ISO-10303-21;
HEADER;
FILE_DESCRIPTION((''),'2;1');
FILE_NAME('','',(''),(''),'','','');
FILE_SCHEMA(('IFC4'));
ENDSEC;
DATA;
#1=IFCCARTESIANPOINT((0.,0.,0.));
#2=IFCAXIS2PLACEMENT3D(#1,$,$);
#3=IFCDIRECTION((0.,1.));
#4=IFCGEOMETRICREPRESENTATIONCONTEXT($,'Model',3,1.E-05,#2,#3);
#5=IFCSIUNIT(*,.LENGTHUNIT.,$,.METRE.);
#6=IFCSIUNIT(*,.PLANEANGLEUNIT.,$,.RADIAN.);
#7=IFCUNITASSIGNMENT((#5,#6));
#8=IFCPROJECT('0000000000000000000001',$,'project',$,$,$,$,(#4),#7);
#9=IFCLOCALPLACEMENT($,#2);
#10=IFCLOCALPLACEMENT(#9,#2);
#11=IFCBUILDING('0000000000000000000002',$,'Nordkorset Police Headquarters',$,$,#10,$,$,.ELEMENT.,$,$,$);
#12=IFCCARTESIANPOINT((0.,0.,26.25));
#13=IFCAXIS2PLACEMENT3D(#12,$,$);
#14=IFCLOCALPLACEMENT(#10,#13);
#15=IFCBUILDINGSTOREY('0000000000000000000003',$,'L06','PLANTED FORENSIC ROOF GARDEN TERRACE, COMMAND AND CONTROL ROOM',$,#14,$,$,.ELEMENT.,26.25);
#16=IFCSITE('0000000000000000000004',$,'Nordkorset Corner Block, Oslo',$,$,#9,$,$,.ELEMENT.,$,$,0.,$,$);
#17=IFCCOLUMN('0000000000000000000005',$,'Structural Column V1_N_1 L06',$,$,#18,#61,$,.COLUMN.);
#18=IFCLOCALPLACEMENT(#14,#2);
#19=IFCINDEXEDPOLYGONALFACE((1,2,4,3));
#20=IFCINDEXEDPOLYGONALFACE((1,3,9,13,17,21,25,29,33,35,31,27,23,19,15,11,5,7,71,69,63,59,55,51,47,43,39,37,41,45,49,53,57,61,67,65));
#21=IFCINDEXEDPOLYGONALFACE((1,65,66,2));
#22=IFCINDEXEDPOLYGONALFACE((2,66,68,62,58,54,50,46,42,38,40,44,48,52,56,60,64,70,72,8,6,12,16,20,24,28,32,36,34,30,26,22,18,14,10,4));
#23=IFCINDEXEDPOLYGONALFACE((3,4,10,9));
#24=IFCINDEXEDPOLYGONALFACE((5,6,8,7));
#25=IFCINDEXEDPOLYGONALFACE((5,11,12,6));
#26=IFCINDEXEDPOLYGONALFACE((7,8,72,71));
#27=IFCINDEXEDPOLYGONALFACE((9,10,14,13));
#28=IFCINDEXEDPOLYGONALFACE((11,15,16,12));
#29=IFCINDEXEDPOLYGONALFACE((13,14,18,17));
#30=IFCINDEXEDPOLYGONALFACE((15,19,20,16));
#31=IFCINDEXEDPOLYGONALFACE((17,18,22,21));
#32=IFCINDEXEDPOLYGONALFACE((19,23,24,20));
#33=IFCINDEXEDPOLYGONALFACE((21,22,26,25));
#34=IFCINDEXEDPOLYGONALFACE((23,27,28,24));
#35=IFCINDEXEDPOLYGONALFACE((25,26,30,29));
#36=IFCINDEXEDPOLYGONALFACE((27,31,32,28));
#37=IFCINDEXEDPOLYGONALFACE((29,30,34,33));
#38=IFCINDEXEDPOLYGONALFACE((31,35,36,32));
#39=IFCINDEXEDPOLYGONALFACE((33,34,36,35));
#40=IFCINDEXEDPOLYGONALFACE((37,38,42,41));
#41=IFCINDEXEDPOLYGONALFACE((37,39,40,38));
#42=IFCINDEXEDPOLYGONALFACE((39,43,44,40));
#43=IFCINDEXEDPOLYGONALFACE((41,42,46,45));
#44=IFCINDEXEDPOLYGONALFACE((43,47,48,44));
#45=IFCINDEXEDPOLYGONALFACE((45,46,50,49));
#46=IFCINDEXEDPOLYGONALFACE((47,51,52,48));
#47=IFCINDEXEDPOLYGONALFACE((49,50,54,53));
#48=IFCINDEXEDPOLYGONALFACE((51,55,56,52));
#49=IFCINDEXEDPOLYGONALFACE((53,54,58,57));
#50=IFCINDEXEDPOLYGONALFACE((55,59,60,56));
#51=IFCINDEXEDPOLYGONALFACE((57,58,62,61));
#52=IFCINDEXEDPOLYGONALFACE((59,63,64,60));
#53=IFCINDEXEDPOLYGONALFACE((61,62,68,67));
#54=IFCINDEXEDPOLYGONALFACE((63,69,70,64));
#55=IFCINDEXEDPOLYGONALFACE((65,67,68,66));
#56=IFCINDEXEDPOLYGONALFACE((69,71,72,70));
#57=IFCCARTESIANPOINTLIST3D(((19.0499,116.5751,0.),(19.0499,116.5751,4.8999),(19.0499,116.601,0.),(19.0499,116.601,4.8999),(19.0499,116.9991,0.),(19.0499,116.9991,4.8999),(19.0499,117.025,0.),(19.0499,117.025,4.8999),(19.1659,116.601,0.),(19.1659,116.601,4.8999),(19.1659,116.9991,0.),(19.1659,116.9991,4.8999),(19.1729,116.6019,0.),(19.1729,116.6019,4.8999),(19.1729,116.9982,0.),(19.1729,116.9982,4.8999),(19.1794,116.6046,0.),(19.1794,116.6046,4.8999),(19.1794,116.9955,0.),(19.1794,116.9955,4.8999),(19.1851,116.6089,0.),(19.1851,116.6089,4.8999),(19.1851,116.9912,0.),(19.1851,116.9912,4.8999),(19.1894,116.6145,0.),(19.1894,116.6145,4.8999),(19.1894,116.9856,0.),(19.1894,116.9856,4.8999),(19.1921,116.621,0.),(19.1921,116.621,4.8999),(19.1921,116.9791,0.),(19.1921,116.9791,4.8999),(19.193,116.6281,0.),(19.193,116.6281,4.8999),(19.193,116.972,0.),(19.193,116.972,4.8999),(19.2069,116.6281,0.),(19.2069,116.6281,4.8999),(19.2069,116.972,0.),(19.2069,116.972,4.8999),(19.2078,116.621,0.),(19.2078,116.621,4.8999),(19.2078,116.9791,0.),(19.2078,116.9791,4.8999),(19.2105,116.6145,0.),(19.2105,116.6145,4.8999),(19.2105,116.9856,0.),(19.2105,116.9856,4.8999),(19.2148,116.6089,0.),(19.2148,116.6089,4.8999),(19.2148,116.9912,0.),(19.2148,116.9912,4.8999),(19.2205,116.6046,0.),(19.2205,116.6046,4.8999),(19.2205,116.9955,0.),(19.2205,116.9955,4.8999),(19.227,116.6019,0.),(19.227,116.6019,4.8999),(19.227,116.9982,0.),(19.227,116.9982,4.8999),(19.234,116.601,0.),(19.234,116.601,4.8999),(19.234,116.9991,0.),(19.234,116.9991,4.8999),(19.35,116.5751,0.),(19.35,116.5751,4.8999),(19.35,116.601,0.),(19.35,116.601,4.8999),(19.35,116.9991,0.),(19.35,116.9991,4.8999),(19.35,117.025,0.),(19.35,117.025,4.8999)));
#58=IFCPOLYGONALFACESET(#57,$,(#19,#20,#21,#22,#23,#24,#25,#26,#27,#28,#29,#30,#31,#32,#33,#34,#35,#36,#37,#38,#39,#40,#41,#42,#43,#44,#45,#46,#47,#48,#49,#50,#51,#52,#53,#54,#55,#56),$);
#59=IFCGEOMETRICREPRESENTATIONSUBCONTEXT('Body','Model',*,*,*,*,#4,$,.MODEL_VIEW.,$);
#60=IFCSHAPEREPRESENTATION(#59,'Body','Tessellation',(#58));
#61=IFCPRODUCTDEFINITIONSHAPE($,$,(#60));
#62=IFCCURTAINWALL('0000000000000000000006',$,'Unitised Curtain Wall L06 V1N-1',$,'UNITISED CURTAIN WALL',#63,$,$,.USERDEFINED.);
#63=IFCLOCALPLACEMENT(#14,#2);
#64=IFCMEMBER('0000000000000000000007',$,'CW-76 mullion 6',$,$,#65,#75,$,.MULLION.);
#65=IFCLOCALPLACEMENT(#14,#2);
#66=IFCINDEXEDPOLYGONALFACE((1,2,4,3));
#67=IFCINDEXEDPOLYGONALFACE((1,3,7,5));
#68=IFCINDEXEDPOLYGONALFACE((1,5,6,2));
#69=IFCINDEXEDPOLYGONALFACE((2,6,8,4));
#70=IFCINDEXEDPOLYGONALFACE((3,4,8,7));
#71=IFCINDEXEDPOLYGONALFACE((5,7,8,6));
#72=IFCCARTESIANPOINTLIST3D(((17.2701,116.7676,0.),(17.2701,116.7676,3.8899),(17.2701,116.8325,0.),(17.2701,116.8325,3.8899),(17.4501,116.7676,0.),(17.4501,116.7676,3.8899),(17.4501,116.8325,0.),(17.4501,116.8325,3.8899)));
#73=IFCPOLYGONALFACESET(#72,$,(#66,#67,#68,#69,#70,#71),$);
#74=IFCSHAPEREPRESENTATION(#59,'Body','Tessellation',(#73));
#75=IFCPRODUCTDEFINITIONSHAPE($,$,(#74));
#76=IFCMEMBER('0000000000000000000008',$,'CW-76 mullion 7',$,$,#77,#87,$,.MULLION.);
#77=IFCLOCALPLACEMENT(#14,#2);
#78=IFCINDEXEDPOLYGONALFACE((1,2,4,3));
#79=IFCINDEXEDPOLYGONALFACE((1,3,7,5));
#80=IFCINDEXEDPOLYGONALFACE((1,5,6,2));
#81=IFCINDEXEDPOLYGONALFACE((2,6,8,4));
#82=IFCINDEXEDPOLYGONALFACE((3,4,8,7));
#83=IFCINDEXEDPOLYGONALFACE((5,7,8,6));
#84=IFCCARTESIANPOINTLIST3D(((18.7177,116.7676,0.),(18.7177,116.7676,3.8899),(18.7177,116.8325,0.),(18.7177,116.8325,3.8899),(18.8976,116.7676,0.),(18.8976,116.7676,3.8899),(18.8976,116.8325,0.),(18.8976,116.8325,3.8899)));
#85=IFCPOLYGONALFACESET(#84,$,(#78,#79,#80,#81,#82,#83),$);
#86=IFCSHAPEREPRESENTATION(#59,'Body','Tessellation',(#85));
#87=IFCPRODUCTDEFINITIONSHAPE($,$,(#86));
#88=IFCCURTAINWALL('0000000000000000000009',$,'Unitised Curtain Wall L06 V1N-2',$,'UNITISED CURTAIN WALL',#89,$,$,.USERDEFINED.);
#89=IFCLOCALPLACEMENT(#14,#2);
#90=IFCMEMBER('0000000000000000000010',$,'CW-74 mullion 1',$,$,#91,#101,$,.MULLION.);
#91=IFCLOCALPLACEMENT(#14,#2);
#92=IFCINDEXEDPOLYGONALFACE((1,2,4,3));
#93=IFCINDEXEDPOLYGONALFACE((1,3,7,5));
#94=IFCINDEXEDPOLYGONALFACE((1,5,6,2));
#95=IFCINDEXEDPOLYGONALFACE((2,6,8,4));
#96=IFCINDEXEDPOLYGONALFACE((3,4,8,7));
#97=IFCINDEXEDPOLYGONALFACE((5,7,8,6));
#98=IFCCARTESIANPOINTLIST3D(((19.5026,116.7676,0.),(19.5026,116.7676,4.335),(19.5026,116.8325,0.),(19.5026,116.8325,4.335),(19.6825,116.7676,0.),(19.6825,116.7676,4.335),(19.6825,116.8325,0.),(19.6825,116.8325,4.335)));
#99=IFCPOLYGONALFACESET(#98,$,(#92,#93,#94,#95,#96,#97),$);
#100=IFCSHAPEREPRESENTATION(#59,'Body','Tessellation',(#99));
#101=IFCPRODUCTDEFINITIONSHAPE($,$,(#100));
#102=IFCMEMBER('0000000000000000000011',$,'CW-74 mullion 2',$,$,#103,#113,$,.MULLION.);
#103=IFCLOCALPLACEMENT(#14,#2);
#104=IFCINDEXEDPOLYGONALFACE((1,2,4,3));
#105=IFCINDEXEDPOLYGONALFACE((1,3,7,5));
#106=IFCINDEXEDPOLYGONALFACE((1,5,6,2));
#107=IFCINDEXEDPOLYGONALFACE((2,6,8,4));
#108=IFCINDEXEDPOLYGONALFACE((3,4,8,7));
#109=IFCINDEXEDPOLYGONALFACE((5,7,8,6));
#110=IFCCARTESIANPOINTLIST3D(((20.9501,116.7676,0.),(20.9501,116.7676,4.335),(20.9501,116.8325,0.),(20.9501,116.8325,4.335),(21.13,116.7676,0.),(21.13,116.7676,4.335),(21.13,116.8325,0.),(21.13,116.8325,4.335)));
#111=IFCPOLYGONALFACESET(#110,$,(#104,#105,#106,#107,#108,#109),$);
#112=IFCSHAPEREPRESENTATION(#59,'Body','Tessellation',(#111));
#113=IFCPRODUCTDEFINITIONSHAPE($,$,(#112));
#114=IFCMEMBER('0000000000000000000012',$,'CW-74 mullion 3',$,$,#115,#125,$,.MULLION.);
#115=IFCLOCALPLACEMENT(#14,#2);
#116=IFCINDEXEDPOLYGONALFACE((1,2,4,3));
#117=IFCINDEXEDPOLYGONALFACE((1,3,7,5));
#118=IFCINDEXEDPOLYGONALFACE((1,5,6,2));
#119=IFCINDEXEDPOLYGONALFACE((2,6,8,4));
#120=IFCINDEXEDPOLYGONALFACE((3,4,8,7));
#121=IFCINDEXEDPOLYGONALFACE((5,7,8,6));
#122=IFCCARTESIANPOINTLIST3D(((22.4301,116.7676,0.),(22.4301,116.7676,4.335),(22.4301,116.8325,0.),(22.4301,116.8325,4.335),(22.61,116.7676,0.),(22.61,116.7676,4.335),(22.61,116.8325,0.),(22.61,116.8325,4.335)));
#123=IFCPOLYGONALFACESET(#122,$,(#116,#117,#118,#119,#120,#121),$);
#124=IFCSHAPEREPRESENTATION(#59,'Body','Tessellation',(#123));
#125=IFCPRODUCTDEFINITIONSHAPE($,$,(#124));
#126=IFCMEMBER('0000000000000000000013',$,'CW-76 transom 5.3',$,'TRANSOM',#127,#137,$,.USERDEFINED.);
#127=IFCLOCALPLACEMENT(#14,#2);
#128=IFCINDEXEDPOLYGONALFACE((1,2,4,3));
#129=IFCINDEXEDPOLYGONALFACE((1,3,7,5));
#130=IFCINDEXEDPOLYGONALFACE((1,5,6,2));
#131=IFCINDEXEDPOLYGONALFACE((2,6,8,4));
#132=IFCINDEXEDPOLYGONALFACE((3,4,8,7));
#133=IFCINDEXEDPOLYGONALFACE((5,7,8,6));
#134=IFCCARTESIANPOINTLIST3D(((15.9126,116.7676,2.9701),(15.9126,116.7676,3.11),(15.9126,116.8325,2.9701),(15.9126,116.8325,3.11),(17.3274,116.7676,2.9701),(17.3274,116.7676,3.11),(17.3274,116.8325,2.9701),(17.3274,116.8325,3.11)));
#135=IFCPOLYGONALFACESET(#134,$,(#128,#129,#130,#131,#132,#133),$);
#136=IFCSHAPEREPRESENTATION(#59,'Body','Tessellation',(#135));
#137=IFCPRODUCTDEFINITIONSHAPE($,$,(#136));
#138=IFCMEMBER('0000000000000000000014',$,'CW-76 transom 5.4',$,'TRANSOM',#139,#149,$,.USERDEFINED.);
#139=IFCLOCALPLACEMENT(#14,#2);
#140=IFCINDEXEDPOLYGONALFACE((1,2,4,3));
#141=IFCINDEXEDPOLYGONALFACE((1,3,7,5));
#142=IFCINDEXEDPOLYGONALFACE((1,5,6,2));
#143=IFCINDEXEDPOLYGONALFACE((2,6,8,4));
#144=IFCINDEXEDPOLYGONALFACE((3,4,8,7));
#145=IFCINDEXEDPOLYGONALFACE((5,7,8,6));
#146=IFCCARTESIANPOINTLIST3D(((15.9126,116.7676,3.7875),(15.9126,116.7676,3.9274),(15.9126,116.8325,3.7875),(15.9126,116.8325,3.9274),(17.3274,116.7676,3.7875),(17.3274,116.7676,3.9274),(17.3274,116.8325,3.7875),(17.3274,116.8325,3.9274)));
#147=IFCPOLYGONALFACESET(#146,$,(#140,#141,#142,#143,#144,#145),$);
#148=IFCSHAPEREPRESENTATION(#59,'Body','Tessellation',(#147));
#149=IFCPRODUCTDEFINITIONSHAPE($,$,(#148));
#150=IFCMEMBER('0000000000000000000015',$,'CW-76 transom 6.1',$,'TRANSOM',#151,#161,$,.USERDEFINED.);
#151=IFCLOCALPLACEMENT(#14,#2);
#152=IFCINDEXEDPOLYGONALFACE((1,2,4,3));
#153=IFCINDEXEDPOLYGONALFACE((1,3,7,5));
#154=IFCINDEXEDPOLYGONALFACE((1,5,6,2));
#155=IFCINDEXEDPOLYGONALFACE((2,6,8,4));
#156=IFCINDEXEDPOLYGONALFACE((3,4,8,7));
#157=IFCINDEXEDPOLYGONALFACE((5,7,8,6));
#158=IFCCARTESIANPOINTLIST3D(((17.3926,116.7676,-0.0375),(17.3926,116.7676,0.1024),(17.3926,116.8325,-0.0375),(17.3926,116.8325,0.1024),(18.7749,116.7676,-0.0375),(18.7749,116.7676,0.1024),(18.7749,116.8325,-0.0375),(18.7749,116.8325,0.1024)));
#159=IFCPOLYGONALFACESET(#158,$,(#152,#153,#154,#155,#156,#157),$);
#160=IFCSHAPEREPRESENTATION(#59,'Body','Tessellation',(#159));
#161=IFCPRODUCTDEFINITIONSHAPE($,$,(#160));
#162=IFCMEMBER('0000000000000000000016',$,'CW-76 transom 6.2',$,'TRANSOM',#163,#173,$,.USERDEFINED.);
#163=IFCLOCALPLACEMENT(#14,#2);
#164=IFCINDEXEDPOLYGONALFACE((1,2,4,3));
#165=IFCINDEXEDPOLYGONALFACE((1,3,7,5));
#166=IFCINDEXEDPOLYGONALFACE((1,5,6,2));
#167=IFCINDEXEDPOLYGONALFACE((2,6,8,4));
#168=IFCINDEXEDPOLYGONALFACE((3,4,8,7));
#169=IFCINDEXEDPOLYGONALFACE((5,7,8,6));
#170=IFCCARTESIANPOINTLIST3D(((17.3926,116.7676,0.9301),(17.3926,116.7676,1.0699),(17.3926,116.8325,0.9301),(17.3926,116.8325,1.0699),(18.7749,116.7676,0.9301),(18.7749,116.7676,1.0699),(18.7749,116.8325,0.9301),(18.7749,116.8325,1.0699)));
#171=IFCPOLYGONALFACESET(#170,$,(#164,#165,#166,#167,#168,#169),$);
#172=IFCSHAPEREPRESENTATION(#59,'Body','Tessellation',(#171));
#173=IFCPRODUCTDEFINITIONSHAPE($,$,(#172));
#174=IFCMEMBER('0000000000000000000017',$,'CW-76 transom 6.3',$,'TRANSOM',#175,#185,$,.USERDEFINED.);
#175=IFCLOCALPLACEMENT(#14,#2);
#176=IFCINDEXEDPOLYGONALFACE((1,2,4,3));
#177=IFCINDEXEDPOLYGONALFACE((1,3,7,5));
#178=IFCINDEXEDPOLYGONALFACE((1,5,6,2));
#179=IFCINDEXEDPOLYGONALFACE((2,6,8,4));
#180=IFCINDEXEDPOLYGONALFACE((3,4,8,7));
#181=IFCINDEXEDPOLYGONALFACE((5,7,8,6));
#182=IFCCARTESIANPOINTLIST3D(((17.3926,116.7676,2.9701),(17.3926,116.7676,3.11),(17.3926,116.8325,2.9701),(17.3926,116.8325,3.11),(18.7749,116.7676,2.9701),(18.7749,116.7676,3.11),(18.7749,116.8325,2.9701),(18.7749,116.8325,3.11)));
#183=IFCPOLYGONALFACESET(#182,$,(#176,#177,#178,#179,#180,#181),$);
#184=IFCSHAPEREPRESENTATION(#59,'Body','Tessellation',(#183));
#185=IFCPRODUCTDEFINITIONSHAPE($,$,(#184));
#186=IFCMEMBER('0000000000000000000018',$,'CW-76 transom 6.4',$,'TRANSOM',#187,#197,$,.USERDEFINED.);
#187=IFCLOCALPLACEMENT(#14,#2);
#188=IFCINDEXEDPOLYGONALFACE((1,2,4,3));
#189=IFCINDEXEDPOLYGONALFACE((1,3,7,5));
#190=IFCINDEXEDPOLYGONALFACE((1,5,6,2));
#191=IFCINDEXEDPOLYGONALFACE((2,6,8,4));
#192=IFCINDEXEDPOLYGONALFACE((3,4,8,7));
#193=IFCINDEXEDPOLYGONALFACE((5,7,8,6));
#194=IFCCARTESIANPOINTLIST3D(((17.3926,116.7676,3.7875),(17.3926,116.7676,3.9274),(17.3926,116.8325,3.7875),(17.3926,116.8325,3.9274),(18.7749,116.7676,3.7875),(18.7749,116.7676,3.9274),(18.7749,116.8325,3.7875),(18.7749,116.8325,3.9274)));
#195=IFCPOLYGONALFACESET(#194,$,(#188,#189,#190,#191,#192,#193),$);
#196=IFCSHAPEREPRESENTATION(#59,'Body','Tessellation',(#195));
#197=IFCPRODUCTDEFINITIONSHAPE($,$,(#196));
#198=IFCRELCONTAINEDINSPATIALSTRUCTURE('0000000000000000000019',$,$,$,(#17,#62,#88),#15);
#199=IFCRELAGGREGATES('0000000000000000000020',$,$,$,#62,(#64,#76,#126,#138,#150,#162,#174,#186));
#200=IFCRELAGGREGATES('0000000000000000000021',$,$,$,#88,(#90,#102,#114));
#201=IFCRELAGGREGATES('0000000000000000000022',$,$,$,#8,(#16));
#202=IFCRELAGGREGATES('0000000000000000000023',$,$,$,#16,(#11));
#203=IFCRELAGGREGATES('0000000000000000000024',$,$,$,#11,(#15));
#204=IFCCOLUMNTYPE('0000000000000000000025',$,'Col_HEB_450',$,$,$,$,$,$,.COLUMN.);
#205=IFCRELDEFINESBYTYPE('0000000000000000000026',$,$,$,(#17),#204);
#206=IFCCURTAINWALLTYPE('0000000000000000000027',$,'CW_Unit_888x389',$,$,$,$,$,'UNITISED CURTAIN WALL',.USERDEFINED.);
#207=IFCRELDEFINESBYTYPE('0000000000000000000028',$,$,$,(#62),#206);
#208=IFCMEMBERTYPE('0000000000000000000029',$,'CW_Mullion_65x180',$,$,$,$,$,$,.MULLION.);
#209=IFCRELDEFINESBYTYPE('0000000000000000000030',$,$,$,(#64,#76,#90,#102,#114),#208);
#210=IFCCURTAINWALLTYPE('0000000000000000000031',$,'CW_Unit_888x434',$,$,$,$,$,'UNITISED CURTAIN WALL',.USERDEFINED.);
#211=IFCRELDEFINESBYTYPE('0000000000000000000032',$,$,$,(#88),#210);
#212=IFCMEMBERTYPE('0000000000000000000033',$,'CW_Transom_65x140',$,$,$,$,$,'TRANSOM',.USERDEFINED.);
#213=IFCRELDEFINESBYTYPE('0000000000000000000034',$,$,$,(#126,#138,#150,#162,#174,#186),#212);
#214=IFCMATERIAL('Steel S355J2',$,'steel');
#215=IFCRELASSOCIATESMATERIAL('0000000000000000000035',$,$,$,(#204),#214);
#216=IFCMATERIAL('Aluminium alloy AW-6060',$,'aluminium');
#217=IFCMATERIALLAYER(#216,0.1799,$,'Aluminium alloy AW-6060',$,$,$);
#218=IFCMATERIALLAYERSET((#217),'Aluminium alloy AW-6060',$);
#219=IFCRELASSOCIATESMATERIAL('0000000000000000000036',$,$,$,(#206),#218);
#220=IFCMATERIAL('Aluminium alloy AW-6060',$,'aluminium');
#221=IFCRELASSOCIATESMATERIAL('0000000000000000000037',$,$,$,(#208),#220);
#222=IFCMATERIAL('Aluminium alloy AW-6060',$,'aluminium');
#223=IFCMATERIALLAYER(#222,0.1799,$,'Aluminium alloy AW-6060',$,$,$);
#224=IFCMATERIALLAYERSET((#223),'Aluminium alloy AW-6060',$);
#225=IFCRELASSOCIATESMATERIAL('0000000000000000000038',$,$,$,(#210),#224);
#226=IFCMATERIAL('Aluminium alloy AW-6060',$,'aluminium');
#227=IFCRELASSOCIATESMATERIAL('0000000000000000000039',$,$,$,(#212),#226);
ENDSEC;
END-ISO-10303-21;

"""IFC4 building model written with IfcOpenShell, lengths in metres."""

from ifc_helpers import new_model, si_unit, direction, frame, origin, origin_2d, place, context, subcontext, project, spatial, rectangle, i_section, extrude, material, layer, layer_set, material_profile, profile_set, type_object, element, aggregate, save


model = new_model("IFC4")

# Units and contexts
model_context = context("Model", 3, precision=1e-05, world=origin(), true_north=direction((0.0, 1.0)))
body_context = subcontext(model_context, "Body", "Model", "MODEL_VIEW")
ifc_project = project(units=[si_unit("LENGTHUNIT", "METRE"), si_unit("PLANEANGLEUNIT", "RADIAN")], contexts=[model_context])

# Site, building, storey
site_placement = place(None, origin())
site = spatial("IfcSite", under=ifc_project, at=site_placement, Name="Nordkorset Corner Block, Oslo", CompositionType="ELEMENT", RefElevation=0.0)
building_placement = place(site_placement, origin())
building = spatial("IfcBuilding", under=site, at=building_placement, Name="Nordkorset Police Headquarters", CompositionType="ELEMENT")
storey_placement = place(building_placement, frame((0.0, 0.0, 26.25)))
storey = spatial("IfcBuildingStorey", under=building, at=storey_placement, Name="L06", Description="PLANTED FORENSIC ROOF GARDEN TERRACE, COMMAND AND CONTROL ROOM", CompositionType="ELEMENT", Elevation=26.25)

# Column
ifc_material_1 = material(Name="Steel S355J2", Category="steel")
ifc_material_profile_1 = material_profile(ifc_material_1, i_section(OverallWidth=0.3, OverallDepth=0.45, WebThickness=0.0139, FlangeThickness=0.0259, FilletRadius=0.0271, at=origin_2d()), Name="HEB 450")
ifc_profile_set_1 = profile_set([ifc_material_profile_1], Name="Steel S355J2")
column_type = type_object("IfcColumnType", Name="Col_HEB_450", PredefinedType="COLUMN", material=ifc_profile_set_1)
column_placement = place(storey_placement, frame((19.2, 116.8, 0.0), z_axis=(0.0, 0.0, 1.0), x_axis=(1.0, 0.0, 0.0)))
element("IfcColumn", 1, at=column_placement, inside=storey, type_object=column_type, Name="Structural Column V1_N_1 L06", PredefinedType="COLUMN", context=body_context, shape_type="SweptSolid", body=[
    extrude(i_section(OverallWidth=0.3, OverallDepth=0.45, WebThickness=0.0139, FlangeThickness=0.0259, FilletRadius=0.0271, at=origin_2d()), origin(), (0.0, 0.0, 1.0), 4.8999),
])

# Curtain walls, members
ifc_material_2 = material(Name="Aluminium alloy AW-6060", Category="aluminium")
ifc_layer_1 = layer(ifc_material_2, 0.1799, Name="Aluminium alloy AW-6060")
ifc_layer_set_1 = layer_set([ifc_layer_1], Name="Aluminium alloy AW-6060")
curtain_wall_type_1 = type_object("IfcCurtainWallType", Name="CW_Unit_888x389", ElementType="UNITISED CURTAIN WALL", PredefinedType="USERDEFINED", material=ifc_layer_set_1)
curtain_wall_1_placement = place(storey_placement, origin())
curtain_wall_1 = element("IfcCurtainWall", 2, at=curtain_wall_1_placement, inside=storey, type_object=curtain_wall_type_1, Name="Unitised Curtain Wall L06 V1N-1", ObjectType="UNITISED CURTAIN WALL", PredefinedType="USERDEFINED")
ifc_material_3 = material(Name="Aluminium alloy AW-6060", Category="aluminium")
ifc_material_profile_2 = material_profile(ifc_material_3, rectangle(XDim=0.0649, YDim=0.1799, at=origin_2d()), Name="ALU MULL 65x180")
ifc_profile_set_2 = profile_set([ifc_material_profile_2], Name="Aluminium alloy AW-6060")
member_type_1 = type_object("IfcMemberType", Name="CW_Mullion_65x180", PredefinedType="MULLION", material=ifc_profile_set_2)
member_1_placement = place(storey_placement, frame((17.3601, 116.8, 0.0), z_axis=(0.0, 0.0, 1.0), x_axis=(0.0, 1.0, 0.0)))
member_1 = element("IfcMember", 3, at=member_1_placement, type_object=member_type_1, Name="CW-76 mullion 6", PredefinedType="MULLION", context=body_context, shape_type="SweptSolid", body=[
    extrude(rectangle(XDim=0.0649, YDim=0.1799, at=origin_2d()), origin(), (0.0, 0.0, 1.0), 3.8899),
])
member_2_placement = place(storey_placement, frame((18.8076, 116.8, 0.0), z_axis=(0.0, 0.0, 1.0), x_axis=(0.0, 1.0, 0.0)))
member_2 = element("IfcMember", 4, at=member_2_placement, type_object=member_type_1, Name="CW-76 mullion 7", PredefinedType="MULLION", context=body_context, shape_type="SweptSolid", body=[
    extrude(rectangle(XDim=0.0649, YDim=0.1799, at=origin_2d()), origin(), (0.0, 0.0, 1.0), 3.8899),
])
ifc_material_4 = material(Name="Aluminium alloy AW-6060", Category="aluminium")
ifc_layer_2 = layer(ifc_material_4, 0.1799, Name="Aluminium alloy AW-6060")
ifc_layer_set_2 = layer_set([ifc_layer_2], Name="Aluminium alloy AW-6060")
curtain_wall_type_2 = type_object("IfcCurtainWallType", Name="CW_Unit_888x434", ElementType="UNITISED CURTAIN WALL", PredefinedType="USERDEFINED", material=ifc_layer_set_2)
curtain_wall_2_placement = place(storey_placement, origin())
curtain_wall_2 = element("IfcCurtainWall", 5, at=curtain_wall_2_placement, inside=storey, type_object=curtain_wall_type_2, Name="Unitised Curtain Wall L06 V1N-2", ObjectType="UNITISED CURTAIN WALL", PredefinedType="USERDEFINED")
member_3_placement = place(storey_placement, frame((19.5925, 116.8, 0.0), z_axis=(0.0, 0.0, 1.0), x_axis=(0.0, 1.0, 0.0)))
member_3 = element("IfcMember", 6, at=member_3_placement, type_object=member_type_1, Name="CW-74 mullion 1", PredefinedType="MULLION", context=body_context, shape_type="SweptSolid", body=[
    extrude(rectangle(XDim=0.0649, YDim=0.1799, at=origin_2d()), origin(), (0.0, 0.0, 1.0), 4.335),
])
member_4_placement = place(storey_placement, frame((21.04, 116.8, 0.0), z_axis=(0.0, 0.0, 1.0), x_axis=(0.0, 1.0, 0.0)))
member_4 = element("IfcMember", 7, at=member_4_placement, type_object=member_type_1, Name="CW-74 mullion 2", PredefinedType="MULLION", context=body_context, shape_type="SweptSolid", body=[
    extrude(rectangle(XDim=0.0649, YDim=0.1799, at=origin_2d()), origin(), (0.0, 0.0, 1.0), 4.335),
])
member_5_placement = place(storey_placement, frame((22.52, 116.8, 0.0), z_axis=(0.0, 0.0, 1.0), x_axis=(0.0, 1.0, 0.0)))
member_5 = element("IfcMember", 8, at=member_5_placement, type_object=member_type_1, Name="CW-74 mullion 3", PredefinedType="MULLION", context=body_context, shape_type="SweptSolid", body=[
    extrude(rectangle(XDim=0.0649, YDim=0.1799, at=origin_2d()), origin(), (0.0, 0.0, 1.0), 4.335),
])

# Members
ifc_material_5 = material(Name="Aluminium alloy AW-6060", Category="aluminium")
ifc_material_profile_3 = material_profile(ifc_material_5, rectangle(XDim=0.0649, YDim=0.1399, at=origin_2d()), Name="ALU TRAN 65x140")
ifc_profile_set_3 = profile_set([ifc_material_profile_3], Name="Aluminium alloy AW-6060")
member_type_2 = type_object("IfcMemberType", Name="CW_Transom_65x140", ElementType="TRANSOM", PredefinedType="USERDEFINED", material=ifc_profile_set_3)
member_6_placement = place(storey_placement, frame((15.9126, 116.8, 3.04), z_axis=(1.0, 0.0, 0.0), x_axis=(0.0, 1.0, 0.0)))
member_6 = element("IfcMember", 9, at=member_6_placement, type_object=member_type_2, Name="CW-76 transom 5.3", ObjectType="TRANSOM", PredefinedType="USERDEFINED", context=body_context, shape_type="SweptSolid", body=[
    extrude(rectangle(XDim=0.0649, YDim=0.1399, at=origin_2d()), origin(), (0.0, 0.0, 1.0), 1.4148),
])
member_7_placement = place(storey_placement, frame((15.9126, 116.8, 3.8574), z_axis=(1.0, 0.0, 0.0), x_axis=(0.0, 1.0, 0.0)))
member_7 = element("IfcMember", 10, at=member_7_placement, type_object=member_type_2, Name="CW-76 transom 5.4", ObjectType="TRANSOM", PredefinedType="USERDEFINED", context=body_context, shape_type="SweptSolid", body=[
    extrude(rectangle(XDim=0.0649, YDim=0.1399, at=origin_2d()), origin(), (0.0, 0.0, 1.0), 1.4148),
])
member_8_placement = place(storey_placement, frame((17.3926, 116.8, 0.0325), z_axis=(1.0, 0.0, 0.0), x_axis=(0.0, 1.0, 0.0)))
member_8 = element("IfcMember", 11, at=member_8_placement, type_object=member_type_2, Name="CW-76 transom 6.1", ObjectType="TRANSOM", PredefinedType="USERDEFINED", context=body_context, shape_type="SweptSolid", body=[
    extrude(rectangle(XDim=0.0649, YDim=0.1399, at=origin_2d()), origin(), (0.0, 0.0, 1.0), 1.3823),
])
member_9_placement = place(storey_placement, frame((17.3926, 116.8, 1.0), z_axis=(1.0, 0.0, 0.0), x_axis=(0.0, 1.0, 0.0)))
member_9 = element("IfcMember", 12, at=member_9_placement, type_object=member_type_2, Name="CW-76 transom 6.2", ObjectType="TRANSOM", PredefinedType="USERDEFINED", context=body_context, shape_type="SweptSolid", body=[
    extrude(rectangle(XDim=0.0649, YDim=0.1399, at=origin_2d()), origin(), (0.0, 0.0, 1.0), 1.3823),
])
member_10_placement = place(storey_placement, frame((17.3926, 116.8, 3.04), z_axis=(1.0, 0.0, 0.0), x_axis=(0.0, 1.0, 0.0)))
member_10 = element("IfcMember", 13, at=member_10_placement, type_object=member_type_2, Name="CW-76 transom 6.3", ObjectType="TRANSOM", PredefinedType="USERDEFINED", context=body_context, shape_type="SweptSolid", body=[
    extrude(rectangle(XDim=0.0649, YDim=0.1399, at=origin_2d()), origin(), (0.0, 0.0, 1.0), 1.3823),
])
member_11_placement = place(storey_placement, frame((17.3926, 116.8, 3.8574), z_axis=(1.0, 0.0, 0.0), x_axis=(0.0, 1.0, 0.0)))
member_11 = element("IfcMember", 14, at=member_11_placement, type_object=member_type_2, Name="CW-76 transom 6.4", ObjectType="TRANSOM", PredefinedType="USERDEFINED", context=body_context, shape_type="SweptSolid", body=[
    extrude(rectangle(XDim=0.0649, YDim=0.1399, at=origin_2d()), origin(), (0.0, 0.0, 1.0), 1.3823),
])

aggregate(curtain_wall_1, [member_1, member_2, member_6, member_7, member_8, member_9, member_10, member_11])
aggregate(curtain_wall_2, [member_3, member_4, member_5])

save(model, "model.ifc")
